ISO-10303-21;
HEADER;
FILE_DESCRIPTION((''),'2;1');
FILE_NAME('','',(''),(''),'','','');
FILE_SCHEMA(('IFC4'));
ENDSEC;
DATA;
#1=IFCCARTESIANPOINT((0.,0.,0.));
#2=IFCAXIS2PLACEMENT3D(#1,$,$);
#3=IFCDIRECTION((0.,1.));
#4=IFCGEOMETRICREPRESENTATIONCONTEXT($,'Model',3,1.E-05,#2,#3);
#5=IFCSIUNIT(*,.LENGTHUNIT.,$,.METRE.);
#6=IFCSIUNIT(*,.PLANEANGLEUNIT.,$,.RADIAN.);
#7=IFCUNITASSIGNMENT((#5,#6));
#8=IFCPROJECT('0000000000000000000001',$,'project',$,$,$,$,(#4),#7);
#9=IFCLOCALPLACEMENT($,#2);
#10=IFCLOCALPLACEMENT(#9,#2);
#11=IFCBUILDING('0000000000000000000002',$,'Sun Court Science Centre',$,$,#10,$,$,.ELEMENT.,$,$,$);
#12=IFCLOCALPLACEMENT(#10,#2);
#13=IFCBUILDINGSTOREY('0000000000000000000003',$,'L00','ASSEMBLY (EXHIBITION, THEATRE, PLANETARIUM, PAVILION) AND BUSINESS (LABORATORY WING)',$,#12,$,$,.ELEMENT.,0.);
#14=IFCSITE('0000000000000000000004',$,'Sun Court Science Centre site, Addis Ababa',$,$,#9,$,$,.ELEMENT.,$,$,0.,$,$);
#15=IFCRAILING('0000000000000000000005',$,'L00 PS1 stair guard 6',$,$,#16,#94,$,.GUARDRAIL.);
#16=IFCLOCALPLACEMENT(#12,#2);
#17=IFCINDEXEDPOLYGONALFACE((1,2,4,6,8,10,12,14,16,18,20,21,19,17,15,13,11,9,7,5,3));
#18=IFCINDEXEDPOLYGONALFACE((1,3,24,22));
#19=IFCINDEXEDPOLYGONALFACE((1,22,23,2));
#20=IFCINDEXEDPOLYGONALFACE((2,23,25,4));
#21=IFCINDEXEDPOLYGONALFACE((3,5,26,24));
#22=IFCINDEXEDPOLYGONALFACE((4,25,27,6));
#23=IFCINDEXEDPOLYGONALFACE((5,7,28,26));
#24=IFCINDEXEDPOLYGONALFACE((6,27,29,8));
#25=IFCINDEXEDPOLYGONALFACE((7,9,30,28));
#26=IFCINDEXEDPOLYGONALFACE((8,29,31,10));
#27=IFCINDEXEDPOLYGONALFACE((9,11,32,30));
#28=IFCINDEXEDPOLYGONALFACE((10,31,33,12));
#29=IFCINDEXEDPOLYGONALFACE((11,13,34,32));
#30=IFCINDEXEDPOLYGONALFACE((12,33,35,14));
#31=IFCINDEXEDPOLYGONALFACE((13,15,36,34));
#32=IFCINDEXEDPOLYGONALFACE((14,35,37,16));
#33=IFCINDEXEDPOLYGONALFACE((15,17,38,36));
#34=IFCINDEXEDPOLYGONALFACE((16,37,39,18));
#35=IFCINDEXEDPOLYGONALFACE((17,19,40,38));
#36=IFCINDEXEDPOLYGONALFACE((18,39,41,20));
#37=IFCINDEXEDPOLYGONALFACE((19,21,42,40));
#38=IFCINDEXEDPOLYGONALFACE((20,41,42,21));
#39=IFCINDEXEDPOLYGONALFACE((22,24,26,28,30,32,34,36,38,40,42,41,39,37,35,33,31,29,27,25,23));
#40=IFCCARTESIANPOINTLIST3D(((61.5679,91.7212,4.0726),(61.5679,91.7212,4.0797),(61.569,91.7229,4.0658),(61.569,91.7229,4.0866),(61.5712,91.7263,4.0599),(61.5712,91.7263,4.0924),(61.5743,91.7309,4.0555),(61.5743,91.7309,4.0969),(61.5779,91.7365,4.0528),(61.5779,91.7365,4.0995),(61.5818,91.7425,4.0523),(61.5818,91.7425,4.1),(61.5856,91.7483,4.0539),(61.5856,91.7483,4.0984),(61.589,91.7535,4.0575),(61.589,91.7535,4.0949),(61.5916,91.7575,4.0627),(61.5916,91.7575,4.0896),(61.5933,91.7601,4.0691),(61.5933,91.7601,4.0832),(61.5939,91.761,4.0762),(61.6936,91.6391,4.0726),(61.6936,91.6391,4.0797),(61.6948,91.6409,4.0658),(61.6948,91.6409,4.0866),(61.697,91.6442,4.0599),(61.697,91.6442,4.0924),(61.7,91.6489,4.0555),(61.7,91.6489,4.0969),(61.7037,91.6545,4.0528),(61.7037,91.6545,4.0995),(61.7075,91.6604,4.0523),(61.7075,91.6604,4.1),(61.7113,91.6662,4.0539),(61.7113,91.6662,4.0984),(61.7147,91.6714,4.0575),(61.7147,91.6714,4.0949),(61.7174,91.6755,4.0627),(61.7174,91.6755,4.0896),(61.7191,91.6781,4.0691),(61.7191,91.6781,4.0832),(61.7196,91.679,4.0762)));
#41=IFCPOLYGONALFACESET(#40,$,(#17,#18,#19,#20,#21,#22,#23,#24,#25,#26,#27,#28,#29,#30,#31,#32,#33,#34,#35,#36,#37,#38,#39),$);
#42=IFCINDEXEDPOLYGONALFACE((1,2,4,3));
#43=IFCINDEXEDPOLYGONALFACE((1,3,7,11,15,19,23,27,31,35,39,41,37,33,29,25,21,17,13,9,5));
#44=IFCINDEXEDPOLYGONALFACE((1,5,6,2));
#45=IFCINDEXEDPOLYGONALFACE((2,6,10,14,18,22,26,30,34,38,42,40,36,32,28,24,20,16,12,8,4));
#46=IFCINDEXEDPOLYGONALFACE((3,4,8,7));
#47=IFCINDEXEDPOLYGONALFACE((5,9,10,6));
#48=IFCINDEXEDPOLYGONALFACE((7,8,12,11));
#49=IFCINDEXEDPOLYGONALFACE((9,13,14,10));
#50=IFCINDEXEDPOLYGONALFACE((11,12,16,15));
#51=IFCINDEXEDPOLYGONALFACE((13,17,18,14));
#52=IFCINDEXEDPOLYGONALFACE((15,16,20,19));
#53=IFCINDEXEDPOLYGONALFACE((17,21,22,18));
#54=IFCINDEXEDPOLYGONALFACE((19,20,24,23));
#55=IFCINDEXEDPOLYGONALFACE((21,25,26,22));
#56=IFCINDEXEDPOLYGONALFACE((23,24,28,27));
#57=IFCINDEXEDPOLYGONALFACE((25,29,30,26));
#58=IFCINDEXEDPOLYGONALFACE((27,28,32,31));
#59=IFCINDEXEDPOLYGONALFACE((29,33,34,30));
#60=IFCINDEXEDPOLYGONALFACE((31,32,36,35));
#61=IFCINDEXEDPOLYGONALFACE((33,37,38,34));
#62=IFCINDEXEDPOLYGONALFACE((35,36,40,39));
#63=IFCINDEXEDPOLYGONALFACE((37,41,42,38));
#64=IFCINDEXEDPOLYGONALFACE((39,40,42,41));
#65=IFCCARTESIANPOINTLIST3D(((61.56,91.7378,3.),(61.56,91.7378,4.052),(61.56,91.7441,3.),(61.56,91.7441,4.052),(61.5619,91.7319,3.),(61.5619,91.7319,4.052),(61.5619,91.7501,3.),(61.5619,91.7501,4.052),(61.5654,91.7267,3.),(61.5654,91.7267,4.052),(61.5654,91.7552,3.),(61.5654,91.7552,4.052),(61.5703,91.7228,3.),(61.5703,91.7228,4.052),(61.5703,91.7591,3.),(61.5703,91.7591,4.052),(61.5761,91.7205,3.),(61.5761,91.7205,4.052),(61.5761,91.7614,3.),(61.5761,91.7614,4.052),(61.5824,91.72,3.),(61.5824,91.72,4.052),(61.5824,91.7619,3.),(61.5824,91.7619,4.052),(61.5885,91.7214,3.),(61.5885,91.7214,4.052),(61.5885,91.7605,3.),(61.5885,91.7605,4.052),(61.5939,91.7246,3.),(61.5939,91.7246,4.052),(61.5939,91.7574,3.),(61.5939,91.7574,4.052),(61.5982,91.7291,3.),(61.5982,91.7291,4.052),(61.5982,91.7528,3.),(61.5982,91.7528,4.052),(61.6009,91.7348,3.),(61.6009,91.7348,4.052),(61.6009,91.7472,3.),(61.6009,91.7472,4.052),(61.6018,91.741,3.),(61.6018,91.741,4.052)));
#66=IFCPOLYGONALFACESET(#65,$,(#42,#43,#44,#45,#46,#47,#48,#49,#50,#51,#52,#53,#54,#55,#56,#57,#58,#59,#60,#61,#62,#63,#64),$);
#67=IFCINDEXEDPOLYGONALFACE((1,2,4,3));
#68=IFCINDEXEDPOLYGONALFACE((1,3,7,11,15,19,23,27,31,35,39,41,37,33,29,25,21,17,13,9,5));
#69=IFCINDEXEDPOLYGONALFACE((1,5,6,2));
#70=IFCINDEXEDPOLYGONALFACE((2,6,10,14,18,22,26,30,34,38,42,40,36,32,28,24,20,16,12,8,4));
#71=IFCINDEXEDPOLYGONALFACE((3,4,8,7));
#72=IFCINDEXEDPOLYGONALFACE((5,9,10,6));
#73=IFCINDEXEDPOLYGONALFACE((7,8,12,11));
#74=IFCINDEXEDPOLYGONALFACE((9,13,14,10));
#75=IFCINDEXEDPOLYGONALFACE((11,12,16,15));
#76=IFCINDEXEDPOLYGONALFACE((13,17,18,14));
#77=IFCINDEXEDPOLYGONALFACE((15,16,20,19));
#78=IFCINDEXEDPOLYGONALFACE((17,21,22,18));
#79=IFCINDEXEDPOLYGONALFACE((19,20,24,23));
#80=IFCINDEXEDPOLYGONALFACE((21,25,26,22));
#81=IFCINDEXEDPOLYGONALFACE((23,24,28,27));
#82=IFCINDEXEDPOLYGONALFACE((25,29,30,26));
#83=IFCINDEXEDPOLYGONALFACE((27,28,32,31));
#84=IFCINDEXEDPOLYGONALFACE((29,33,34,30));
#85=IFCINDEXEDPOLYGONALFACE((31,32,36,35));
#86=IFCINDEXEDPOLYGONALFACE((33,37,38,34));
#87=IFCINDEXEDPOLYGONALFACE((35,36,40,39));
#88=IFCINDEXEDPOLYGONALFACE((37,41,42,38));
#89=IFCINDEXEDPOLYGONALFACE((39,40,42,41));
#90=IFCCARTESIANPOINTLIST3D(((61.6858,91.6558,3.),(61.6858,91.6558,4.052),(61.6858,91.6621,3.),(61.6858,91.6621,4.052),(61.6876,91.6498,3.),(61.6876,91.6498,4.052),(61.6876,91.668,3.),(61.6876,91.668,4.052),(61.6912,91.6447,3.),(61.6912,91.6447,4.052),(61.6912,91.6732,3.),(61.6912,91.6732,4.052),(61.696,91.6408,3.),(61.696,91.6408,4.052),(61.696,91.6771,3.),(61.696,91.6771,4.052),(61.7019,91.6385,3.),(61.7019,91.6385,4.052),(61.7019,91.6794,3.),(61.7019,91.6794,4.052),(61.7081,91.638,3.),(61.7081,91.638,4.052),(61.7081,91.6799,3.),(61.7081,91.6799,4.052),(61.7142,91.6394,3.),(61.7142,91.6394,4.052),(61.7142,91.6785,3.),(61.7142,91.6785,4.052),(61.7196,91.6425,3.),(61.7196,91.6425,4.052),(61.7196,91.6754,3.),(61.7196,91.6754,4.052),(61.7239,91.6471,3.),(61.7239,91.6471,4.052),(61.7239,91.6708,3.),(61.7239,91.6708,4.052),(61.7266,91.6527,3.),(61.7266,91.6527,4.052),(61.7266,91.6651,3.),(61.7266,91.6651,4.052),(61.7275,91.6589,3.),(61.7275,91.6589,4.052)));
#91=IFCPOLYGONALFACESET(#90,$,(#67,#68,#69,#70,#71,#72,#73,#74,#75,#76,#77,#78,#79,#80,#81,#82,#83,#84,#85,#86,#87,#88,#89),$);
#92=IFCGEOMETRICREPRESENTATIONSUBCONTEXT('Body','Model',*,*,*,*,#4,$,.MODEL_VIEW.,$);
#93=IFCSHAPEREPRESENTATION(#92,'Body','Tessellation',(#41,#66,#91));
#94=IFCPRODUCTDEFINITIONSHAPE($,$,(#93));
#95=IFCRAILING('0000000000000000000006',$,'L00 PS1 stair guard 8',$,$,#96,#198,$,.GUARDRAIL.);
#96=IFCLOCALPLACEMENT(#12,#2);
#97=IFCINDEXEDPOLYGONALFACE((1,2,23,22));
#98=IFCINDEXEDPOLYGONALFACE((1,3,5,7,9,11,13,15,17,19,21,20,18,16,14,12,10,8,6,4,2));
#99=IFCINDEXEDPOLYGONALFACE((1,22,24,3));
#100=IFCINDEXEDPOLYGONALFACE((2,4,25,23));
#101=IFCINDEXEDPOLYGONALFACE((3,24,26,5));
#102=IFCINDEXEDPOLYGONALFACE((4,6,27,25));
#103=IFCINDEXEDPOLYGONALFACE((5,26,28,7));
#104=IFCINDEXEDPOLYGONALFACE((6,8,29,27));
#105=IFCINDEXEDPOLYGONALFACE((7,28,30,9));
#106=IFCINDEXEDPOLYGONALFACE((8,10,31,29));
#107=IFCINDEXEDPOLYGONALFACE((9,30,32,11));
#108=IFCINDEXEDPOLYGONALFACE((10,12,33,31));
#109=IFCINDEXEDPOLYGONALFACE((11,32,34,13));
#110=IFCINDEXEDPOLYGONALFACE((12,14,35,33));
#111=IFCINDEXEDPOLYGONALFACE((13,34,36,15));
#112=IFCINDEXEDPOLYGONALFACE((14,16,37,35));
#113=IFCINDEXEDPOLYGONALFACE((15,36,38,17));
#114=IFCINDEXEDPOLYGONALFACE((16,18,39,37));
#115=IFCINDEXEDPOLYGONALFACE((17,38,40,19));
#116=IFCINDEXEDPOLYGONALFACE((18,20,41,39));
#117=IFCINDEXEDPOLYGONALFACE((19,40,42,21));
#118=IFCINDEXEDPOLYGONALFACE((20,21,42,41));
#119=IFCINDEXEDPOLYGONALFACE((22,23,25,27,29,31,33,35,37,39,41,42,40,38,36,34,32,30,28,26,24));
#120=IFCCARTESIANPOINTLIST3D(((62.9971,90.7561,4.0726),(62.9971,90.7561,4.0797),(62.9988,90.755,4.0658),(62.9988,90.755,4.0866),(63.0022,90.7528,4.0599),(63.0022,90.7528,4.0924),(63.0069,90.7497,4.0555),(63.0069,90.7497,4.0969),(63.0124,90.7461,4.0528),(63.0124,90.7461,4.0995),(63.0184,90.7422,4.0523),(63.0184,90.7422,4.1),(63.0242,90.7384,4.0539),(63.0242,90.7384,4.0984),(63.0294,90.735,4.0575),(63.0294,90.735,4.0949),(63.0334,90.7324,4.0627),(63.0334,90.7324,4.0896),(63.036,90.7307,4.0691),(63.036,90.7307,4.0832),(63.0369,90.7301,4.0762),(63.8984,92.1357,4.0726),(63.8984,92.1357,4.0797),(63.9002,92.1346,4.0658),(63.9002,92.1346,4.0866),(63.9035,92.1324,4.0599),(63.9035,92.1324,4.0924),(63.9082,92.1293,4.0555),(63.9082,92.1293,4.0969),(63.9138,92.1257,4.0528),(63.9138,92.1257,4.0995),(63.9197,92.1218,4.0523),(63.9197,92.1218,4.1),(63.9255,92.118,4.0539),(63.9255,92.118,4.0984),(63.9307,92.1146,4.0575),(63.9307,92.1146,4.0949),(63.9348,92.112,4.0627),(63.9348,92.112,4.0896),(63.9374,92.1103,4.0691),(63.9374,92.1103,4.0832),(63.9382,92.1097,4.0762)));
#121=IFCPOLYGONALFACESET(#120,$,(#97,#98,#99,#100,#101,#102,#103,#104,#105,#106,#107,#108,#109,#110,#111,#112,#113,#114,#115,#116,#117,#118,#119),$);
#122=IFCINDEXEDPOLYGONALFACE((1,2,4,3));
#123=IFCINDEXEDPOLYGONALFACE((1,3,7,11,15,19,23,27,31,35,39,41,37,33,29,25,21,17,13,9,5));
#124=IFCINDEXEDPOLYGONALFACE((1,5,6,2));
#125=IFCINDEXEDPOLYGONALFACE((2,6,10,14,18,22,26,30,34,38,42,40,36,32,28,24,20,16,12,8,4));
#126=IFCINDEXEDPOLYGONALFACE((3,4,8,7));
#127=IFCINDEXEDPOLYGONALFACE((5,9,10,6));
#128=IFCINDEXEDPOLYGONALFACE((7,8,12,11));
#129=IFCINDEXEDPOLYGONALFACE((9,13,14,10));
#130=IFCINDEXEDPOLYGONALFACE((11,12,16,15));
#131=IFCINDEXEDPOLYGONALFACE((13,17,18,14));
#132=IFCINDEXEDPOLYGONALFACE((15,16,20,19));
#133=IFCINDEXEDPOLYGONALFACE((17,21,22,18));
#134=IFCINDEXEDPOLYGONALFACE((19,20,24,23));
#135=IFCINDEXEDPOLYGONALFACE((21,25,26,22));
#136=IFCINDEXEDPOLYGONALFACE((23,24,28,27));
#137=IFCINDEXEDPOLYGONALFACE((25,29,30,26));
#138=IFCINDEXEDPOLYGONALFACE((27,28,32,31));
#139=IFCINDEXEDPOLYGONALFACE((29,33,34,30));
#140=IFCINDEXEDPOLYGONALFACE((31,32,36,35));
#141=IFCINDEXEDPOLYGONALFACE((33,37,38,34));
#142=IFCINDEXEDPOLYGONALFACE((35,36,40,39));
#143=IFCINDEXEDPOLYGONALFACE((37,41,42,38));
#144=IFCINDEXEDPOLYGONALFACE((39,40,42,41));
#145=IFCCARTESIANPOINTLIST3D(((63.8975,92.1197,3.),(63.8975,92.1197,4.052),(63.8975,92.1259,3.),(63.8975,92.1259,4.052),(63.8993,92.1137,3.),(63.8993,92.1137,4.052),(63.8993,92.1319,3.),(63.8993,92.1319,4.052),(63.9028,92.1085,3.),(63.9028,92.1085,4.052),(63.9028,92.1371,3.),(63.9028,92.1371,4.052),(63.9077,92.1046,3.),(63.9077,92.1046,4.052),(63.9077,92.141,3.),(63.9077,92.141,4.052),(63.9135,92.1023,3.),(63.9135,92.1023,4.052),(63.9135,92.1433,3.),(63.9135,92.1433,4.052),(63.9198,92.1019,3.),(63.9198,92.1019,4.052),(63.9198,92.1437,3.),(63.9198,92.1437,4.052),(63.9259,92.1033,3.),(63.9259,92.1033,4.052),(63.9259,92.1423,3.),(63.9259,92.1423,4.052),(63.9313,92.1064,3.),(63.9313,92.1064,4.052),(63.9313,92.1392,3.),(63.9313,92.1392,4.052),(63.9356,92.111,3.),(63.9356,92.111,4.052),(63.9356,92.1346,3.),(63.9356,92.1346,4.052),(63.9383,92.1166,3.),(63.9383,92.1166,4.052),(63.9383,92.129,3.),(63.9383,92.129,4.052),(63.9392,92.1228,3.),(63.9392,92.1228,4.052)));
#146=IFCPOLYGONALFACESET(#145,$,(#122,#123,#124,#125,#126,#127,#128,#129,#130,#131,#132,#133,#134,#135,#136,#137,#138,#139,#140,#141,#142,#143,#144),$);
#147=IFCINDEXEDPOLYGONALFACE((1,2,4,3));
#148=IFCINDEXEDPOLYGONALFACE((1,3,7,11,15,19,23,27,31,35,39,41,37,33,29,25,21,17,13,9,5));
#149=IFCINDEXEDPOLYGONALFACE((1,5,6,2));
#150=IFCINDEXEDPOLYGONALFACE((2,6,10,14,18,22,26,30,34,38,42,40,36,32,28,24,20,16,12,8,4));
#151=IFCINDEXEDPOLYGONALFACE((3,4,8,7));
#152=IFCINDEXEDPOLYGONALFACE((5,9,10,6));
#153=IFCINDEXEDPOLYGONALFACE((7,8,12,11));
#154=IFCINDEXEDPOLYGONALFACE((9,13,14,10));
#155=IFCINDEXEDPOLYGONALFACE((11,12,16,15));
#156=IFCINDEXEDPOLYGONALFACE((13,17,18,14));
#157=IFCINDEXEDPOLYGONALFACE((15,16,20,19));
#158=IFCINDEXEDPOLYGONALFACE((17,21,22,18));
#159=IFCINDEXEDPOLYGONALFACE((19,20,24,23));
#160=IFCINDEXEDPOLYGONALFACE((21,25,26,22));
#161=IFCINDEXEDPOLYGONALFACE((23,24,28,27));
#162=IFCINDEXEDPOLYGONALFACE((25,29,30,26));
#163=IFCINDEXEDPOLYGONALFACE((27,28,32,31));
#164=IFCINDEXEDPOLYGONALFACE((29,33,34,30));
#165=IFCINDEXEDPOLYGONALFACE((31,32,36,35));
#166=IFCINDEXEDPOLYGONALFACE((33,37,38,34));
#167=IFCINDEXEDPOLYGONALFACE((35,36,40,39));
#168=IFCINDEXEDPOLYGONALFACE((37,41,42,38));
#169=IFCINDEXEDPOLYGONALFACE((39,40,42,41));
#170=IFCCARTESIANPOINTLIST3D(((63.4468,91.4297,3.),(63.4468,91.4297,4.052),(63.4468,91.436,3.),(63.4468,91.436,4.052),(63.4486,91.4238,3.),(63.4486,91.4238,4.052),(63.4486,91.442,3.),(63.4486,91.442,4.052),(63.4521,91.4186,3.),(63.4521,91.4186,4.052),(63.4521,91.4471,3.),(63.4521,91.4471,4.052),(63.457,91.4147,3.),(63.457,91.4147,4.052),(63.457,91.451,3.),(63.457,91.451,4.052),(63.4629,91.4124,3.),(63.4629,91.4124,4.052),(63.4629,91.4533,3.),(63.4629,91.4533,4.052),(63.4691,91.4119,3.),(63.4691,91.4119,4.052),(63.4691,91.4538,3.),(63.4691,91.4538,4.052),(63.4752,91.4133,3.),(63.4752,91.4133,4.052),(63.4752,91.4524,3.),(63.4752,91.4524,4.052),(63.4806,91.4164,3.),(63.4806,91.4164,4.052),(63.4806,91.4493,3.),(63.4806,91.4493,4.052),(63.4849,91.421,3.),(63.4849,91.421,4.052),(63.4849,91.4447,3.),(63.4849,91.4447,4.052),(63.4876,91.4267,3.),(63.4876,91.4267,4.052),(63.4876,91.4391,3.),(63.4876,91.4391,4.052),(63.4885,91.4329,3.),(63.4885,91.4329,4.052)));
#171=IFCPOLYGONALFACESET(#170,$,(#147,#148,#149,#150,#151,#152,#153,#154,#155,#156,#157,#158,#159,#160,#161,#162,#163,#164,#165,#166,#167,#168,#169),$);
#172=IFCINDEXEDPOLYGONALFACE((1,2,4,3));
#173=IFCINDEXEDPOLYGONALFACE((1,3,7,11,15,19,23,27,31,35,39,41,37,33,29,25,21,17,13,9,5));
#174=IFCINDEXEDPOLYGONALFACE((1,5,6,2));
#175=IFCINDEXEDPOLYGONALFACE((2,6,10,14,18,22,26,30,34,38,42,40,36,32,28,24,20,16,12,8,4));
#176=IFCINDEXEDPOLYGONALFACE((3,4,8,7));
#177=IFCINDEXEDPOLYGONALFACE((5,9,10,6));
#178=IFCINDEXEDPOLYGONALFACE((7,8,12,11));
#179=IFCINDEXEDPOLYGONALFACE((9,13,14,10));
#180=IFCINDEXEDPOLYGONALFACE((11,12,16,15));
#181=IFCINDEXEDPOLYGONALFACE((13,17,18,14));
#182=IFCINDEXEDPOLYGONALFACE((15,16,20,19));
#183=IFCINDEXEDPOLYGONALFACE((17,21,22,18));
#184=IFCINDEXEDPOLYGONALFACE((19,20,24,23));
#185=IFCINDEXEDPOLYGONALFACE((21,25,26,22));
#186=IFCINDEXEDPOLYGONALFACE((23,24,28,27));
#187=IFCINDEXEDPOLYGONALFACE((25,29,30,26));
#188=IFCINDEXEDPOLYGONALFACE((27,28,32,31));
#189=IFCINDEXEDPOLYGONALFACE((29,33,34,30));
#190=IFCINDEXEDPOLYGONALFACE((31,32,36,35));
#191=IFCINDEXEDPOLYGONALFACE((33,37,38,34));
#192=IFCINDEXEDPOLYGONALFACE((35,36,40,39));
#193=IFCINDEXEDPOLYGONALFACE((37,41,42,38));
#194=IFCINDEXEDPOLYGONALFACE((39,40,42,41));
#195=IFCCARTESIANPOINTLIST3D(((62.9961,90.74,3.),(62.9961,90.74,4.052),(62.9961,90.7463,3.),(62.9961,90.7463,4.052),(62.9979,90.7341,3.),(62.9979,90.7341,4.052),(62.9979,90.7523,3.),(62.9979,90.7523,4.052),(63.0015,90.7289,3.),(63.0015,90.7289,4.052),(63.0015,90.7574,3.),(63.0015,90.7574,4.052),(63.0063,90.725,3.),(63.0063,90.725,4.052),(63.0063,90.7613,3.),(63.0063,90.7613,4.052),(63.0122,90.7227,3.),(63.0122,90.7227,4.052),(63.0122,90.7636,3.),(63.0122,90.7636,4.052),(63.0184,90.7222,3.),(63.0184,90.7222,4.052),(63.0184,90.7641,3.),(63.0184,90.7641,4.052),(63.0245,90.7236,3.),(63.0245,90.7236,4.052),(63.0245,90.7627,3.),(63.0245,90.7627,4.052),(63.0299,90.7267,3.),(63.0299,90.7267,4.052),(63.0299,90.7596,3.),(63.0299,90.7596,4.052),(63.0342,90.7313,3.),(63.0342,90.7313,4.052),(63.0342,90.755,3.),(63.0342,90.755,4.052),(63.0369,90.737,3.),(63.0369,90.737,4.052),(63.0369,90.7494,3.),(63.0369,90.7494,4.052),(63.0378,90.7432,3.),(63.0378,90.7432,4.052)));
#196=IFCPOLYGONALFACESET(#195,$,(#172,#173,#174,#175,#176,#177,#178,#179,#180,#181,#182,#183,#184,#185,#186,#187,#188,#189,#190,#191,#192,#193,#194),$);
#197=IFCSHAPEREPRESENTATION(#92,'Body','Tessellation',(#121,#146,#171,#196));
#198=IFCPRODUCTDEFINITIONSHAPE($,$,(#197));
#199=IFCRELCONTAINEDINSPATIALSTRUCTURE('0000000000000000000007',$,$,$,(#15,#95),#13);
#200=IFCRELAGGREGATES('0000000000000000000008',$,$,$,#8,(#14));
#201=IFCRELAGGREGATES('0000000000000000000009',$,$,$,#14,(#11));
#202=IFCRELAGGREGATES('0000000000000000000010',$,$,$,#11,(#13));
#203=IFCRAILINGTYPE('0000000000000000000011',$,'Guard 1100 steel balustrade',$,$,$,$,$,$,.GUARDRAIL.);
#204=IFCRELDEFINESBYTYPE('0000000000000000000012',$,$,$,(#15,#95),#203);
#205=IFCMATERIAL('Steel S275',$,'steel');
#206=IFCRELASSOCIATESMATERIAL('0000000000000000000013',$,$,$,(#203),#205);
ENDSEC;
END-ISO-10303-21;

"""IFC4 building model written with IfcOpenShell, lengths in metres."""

from ifc_helpers import new_model, si_unit, direction, frame, origin, origin_2d, place, context, subcontext, project, spatial, circle, extrude, material, type_object, element, save


model = new_model("IFC4")

# Units and contexts
model_context = context("Model", 3, precision=1e-05, world=origin(), true_north=direction((0.0, 1.0)))
body_context = subcontext(model_context, "Body", "Model", "MODEL_VIEW")
ifc_project = project(units=[si_unit("LENGTHUNIT", "METRE"), si_unit("PLANEANGLEUNIT", "RADIAN")], contexts=[model_context])

# Site, building, storey
site_placement = place(None, origin())
site = spatial("IfcSite", under=ifc_project, at=site_placement, Name="Sun Court Science Centre site, Addis Ababa", CompositionType="ELEMENT", RefElevation=0.0)
building_placement = place(site_placement, origin())
building = spatial("IfcBuilding", under=site, at=building_placement, Name="Sun Court Science Centre", CompositionType="ELEMENT")
storey_placement = place(building_placement, origin())
storey = spatial("IfcBuildingStorey", under=building, at=storey_placement, Name="L00", Description="ASSEMBLY (EXHIBITION, THEATRE, PLANETARIUM, PAVILION) AND BUSINESS (LABORATORY WING)", CompositionType="ELEMENT", Elevation=0.0)

# Railings
ifc_material_1 = material(Name="Steel S275", Category="steel")
railing_type_1 = type_object("IfcRailingType", Name="Guard 1100 steel balustrade", PredefinedType="GUARDRAIL", material=ifc_material_1)
railing_1_placement = place(storey_placement, frame((61.5808, 91.741, 3.0)))
element("IfcRailing", 1, at=railing_1_placement, inside=storey, type_object=railing_type_1, Name="L00 PS1 stair guard 6", PredefinedType="GUARDRAIL", context=body_context, shape_type="SweptSolid", body=[
    extrude(circle(Radius=0.0239, at=origin_2d()), frame((0.0, 0.0, 1.0762), z_axis=(0.837514, -0.546417, 0.0), x_axis=(0.546417, 0.837514, 0.0)), (0.0, 0.0, 1.0), 0.1501),
    extrude(circle(Radius=0.021, at=origin_2d()), origin(), (0.0, 0.0, 1.0), 1.052),
    extrude(circle(Radius=0.021, at=origin_2d()), frame((0.1257, -0.082, 0.0)), (0.0, 0.0, 1.0), 1.052),
])
railing_2_placement = place(storey_placement, frame((63.9182, 92.1228, 3.0)))
element("IfcRailing", 2, at=railing_2_placement, inside=storey, type_object=railing_type_1, Name="L00 PS1 stair guard 8", PredefinedType="GUARDRAIL", context=body_context, shape_type="SweptSolid", body=[
    extrude(circle(Radius=0.0239, at=origin_2d()), frame((0.0, 0.0, 1.0762), z_axis=(-0.54695, -0.837165, 0.0), x_axis=(0.837165, -0.54695, 0.0)), (0.0, 0.0, 1.0), 1.6479),
    extrude(circle(Radius=0.021, at=origin_2d()), origin(), (0.0, 0.0, 1.0), 1.052),
    extrude(circle(Radius=0.021, at=origin_2d()), frame((-0.4507, -0.6899, 0.0)), (0.0, 0.0, 1.0), 1.052),
    extrude(circle(Radius=0.021, at=origin_2d()), frame((-0.9014, -1.3796, 0.0)), (0.0, 0.0, 1.0), 1.052),
])

save(model, "model.ifc")
